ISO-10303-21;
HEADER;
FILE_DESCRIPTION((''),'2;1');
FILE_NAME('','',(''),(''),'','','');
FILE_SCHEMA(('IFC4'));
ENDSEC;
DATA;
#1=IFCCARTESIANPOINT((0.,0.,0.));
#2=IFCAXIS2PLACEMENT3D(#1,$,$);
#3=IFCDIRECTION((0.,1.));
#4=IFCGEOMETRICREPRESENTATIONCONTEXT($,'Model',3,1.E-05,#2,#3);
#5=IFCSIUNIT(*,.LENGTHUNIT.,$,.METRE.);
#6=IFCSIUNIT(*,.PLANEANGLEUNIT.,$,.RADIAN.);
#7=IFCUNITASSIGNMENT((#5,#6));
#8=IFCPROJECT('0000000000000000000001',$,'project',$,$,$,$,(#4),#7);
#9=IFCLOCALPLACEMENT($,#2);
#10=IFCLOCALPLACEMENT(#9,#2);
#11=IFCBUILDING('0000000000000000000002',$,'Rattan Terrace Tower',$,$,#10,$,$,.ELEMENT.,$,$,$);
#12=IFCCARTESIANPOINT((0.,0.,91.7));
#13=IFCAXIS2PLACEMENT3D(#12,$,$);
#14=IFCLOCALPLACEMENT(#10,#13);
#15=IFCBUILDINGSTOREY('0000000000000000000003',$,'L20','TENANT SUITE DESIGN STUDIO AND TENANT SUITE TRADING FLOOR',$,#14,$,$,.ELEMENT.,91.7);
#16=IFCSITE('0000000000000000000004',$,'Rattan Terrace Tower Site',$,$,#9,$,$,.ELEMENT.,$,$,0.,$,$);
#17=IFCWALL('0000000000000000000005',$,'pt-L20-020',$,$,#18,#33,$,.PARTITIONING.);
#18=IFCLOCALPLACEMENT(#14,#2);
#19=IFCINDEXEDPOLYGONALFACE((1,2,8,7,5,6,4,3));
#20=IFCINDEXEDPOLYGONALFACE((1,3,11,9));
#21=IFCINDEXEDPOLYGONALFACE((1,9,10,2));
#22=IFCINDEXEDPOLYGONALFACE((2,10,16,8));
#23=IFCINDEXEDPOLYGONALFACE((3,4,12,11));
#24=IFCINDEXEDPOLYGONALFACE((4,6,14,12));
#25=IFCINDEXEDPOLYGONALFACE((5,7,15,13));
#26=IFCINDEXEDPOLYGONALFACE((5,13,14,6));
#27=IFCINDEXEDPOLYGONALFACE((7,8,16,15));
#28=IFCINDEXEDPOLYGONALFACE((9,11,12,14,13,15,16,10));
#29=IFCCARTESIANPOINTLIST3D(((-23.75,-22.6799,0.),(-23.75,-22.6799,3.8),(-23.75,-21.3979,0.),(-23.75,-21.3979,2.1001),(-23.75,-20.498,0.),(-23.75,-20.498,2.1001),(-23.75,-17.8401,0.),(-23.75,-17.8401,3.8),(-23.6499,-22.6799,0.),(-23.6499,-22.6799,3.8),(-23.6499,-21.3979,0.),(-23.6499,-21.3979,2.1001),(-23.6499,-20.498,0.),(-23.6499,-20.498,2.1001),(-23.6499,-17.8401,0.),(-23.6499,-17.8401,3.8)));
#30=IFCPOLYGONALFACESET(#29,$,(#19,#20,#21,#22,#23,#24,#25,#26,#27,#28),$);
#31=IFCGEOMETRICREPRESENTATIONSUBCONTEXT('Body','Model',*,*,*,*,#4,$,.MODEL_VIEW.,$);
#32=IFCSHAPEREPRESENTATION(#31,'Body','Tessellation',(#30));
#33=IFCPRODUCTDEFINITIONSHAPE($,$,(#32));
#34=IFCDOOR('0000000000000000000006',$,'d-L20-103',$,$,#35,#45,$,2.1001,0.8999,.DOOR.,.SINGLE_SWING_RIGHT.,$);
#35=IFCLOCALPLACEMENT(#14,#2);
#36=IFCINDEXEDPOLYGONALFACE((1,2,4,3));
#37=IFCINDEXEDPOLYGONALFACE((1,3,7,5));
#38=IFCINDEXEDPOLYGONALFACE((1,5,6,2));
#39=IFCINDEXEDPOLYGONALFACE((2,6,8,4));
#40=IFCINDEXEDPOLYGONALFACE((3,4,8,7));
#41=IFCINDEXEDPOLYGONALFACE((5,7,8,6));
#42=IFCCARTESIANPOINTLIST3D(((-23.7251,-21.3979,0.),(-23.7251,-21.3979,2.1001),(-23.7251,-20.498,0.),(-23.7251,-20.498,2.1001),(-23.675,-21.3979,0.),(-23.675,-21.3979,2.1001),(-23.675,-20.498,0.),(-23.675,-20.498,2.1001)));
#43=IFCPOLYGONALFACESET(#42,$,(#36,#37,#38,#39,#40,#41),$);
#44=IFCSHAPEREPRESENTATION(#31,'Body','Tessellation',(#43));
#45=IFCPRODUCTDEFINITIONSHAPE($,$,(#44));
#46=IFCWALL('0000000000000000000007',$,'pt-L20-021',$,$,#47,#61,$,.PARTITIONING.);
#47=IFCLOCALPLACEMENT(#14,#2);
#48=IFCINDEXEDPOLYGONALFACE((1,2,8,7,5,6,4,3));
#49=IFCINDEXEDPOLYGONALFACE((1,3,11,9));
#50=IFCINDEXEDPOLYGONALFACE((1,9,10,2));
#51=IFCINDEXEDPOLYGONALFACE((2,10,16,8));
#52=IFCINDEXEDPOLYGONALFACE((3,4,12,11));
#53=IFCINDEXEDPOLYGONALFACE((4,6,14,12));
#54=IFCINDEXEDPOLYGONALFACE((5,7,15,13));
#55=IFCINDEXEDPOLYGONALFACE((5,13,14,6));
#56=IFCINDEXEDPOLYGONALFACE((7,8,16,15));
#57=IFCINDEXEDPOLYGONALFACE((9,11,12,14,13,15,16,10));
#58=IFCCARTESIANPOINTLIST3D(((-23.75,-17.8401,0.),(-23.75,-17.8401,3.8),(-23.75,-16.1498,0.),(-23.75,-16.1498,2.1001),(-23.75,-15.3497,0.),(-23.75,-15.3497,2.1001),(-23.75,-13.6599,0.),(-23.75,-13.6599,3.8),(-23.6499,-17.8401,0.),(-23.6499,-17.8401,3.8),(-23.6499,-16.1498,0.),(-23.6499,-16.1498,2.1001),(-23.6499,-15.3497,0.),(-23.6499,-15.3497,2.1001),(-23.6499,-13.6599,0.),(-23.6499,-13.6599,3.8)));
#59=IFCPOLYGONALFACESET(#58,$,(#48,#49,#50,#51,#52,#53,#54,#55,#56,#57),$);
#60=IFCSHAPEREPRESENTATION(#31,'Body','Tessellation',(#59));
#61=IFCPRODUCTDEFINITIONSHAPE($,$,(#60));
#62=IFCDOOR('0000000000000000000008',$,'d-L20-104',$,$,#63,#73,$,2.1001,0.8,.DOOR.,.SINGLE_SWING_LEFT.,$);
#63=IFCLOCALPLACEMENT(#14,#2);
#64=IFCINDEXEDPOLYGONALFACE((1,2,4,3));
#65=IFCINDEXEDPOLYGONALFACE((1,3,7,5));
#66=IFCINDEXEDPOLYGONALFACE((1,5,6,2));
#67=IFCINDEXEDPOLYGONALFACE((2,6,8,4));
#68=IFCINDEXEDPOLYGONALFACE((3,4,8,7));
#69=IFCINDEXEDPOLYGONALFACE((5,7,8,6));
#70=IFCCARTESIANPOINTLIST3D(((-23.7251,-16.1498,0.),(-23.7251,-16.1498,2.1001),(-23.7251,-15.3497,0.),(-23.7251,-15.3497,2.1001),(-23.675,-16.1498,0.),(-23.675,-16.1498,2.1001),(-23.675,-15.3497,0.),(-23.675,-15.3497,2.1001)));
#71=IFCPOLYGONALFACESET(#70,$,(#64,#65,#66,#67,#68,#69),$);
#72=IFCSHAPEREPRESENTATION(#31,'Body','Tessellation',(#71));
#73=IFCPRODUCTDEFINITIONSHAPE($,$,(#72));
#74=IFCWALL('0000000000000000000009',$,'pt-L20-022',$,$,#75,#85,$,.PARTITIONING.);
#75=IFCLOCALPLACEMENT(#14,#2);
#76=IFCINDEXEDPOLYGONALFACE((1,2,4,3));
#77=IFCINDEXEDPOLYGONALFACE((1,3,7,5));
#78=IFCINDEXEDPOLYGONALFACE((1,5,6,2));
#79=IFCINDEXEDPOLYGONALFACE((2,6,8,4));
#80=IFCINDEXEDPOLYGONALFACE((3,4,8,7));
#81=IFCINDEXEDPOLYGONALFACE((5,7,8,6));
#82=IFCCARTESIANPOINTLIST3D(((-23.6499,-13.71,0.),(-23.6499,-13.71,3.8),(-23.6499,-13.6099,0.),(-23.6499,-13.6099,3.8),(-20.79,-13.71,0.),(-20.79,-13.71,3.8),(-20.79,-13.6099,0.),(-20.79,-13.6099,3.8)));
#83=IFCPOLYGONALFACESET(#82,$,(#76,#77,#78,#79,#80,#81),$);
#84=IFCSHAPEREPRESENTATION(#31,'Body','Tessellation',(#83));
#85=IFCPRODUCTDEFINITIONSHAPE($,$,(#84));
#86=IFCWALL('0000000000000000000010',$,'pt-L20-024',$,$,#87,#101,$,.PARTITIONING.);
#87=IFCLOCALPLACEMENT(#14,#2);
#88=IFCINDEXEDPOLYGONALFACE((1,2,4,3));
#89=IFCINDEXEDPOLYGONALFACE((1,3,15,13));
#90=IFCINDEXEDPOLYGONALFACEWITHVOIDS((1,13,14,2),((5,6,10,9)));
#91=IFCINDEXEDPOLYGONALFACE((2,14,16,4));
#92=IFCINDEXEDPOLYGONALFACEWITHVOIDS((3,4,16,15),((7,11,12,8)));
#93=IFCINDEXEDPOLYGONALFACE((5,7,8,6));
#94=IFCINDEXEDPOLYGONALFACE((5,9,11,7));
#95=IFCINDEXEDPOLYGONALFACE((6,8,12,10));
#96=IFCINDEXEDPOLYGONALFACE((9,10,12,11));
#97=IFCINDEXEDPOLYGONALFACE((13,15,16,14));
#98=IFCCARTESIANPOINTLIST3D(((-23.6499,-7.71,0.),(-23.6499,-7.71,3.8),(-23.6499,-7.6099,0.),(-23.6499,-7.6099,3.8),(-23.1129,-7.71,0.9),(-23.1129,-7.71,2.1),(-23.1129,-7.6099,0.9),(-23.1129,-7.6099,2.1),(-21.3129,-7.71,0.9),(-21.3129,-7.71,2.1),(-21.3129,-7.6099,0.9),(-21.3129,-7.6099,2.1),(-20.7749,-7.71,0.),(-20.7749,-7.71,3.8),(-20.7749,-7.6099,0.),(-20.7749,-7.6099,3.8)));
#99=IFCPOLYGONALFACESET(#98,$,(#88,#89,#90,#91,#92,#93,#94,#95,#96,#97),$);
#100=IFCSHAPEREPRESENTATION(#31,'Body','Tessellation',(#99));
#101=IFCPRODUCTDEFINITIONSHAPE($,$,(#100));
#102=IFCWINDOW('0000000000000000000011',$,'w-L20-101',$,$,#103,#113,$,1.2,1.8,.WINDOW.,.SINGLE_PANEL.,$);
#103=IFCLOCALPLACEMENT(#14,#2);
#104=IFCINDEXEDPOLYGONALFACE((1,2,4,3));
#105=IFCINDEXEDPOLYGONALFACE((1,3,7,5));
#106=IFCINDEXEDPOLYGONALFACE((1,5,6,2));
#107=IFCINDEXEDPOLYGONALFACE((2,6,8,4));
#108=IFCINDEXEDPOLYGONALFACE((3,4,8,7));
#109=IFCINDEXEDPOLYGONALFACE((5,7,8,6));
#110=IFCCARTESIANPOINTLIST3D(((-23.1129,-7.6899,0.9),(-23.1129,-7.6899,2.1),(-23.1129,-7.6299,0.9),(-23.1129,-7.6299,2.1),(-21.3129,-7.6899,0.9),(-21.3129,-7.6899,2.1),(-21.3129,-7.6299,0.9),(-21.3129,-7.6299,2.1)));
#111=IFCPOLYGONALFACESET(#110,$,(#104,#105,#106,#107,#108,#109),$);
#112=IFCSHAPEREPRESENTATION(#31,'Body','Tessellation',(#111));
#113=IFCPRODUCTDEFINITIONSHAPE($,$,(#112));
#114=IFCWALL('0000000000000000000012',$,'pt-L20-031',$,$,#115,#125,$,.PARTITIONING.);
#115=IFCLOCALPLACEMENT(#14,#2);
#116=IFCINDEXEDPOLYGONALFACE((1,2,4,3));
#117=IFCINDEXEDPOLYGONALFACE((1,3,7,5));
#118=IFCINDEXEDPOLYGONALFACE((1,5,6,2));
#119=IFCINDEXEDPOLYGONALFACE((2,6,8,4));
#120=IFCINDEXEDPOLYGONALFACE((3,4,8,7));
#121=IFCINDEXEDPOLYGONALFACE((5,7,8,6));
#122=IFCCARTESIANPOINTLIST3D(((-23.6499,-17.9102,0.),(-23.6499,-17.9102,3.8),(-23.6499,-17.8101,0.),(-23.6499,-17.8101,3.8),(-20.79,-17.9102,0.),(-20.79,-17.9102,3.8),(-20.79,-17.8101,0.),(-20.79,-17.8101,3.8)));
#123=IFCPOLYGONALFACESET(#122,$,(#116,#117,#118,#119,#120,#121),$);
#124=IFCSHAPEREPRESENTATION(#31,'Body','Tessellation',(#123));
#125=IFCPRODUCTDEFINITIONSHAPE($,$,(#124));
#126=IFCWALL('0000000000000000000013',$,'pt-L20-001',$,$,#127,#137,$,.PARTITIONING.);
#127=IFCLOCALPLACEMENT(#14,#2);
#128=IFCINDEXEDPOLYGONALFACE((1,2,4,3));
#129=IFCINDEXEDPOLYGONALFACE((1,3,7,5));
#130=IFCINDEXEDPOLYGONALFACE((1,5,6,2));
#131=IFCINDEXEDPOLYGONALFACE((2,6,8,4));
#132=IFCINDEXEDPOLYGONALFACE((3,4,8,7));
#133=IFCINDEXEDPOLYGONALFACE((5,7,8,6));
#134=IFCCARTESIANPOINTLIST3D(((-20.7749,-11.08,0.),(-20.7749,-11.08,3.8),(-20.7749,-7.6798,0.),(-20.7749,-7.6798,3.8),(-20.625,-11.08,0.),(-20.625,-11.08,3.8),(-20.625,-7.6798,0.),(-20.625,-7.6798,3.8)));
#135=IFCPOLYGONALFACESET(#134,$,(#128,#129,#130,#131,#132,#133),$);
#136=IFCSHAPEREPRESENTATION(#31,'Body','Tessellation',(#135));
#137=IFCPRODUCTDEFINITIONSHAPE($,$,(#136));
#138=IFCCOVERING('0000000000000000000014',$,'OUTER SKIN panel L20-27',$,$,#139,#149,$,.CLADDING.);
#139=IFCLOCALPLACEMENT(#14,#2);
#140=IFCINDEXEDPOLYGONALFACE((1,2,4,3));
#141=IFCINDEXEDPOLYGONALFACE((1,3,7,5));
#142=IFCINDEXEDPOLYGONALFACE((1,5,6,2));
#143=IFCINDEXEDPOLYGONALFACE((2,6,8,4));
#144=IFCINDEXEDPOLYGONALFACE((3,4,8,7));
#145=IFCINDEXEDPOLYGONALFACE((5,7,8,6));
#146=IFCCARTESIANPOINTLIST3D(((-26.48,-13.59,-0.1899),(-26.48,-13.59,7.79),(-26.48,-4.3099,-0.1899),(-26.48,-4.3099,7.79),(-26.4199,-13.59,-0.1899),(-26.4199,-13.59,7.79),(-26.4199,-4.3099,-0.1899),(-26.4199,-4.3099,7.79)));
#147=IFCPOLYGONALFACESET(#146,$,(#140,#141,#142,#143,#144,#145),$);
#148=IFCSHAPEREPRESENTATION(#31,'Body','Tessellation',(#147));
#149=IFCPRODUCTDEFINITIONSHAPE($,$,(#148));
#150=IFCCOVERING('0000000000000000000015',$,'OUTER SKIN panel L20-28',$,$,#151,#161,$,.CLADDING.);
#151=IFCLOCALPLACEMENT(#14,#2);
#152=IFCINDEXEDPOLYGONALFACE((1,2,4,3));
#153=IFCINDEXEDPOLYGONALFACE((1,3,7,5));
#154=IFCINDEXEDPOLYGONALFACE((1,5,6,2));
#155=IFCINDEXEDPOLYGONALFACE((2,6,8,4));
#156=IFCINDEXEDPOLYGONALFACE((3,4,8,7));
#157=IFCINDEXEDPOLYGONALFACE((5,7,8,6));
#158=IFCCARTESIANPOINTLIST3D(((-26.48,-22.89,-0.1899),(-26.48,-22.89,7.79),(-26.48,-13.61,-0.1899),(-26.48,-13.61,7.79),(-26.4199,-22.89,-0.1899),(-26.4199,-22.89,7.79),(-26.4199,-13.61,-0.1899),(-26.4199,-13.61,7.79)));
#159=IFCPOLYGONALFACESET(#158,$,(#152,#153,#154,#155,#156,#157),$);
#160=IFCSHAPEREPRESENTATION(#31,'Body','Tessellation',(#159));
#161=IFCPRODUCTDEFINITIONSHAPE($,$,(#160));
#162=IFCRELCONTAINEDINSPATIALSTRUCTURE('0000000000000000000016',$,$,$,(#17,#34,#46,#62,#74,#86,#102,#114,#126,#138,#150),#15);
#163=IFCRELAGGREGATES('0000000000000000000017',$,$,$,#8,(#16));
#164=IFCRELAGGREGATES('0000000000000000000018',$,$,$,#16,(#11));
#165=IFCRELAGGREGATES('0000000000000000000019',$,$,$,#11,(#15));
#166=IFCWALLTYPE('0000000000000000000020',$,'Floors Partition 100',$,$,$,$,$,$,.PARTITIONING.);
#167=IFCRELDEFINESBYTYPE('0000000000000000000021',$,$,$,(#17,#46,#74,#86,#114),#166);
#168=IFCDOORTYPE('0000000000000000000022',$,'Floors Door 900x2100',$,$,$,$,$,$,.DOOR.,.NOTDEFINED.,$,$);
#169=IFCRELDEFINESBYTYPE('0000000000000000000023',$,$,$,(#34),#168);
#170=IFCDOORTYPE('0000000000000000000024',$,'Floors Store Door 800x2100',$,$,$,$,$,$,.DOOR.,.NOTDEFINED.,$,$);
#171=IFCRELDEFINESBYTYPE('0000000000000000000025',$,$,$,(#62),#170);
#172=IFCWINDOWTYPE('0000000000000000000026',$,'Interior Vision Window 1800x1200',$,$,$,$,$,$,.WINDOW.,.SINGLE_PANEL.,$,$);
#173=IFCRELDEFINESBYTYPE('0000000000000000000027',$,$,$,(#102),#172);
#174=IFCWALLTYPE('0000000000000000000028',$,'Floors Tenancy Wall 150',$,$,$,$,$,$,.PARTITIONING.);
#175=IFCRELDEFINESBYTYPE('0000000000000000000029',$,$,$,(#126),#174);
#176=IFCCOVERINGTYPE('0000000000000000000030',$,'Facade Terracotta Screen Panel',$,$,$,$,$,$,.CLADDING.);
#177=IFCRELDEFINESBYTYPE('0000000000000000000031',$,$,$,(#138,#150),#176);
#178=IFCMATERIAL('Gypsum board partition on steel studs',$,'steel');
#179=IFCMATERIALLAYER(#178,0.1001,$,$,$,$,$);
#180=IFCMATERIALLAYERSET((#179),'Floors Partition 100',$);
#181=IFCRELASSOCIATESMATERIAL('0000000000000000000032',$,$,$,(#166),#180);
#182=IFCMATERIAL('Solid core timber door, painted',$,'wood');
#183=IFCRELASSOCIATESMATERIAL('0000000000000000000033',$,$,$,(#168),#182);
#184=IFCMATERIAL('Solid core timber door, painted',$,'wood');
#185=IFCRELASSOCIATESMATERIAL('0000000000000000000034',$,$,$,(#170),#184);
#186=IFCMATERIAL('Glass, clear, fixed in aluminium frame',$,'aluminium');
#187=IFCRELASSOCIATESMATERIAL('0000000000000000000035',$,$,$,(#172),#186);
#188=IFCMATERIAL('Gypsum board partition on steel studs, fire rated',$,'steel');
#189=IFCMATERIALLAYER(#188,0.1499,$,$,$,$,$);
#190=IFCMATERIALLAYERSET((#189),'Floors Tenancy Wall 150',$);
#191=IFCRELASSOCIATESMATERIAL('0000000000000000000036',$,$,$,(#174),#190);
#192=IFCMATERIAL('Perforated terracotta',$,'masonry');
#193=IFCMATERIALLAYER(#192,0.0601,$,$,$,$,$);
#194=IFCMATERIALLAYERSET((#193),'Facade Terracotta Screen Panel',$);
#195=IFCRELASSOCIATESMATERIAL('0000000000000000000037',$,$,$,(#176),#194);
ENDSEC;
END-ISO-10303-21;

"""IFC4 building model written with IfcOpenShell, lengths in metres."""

from ifc_helpers import new_model, si_unit, direction, frame, frame_2d, origin, origin_2d, place, context, subcontext, project, spatial, rectangle, extrude, material, layer, layer_set, type_object, element, fill, save


model = new_model("IFC4")

# Units and contexts
model_context = context("Model", 3, precision=1e-05, world=origin(), true_north=direction((0.0, 1.0)))
body_context = subcontext(model_context, "Body", "Model", "MODEL_VIEW")
ifc_project = project(units=[si_unit("LENGTHUNIT", "METRE"), si_unit("PLANEANGLEUNIT", "RADIAN")], contexts=[model_context])

# Site, building, storey
site_placement = place(None, origin())
site = spatial("IfcSite", under=ifc_project, at=site_placement, Name="Rattan Terrace Tower Site", CompositionType="ELEMENT", RefElevation=0.0)
building_placement = place(site_placement, origin())
building = spatial("IfcBuilding", under=site, at=building_placement, Name="Rattan Terrace Tower", CompositionType="ELEMENT")
storey_placement = place(building_placement, frame((0.0, 0.0, 91.7)))
storey = spatial("IfcBuildingStorey", under=building, at=storey_placement, Name="L20", Description="TENANT SUITE DESIGN STUDIO AND TENANT SUITE TRADING FLOOR", CompositionType="ELEMENT", Elevation=91.7)

# Walls, openings, doors
ifc_material_1 = material(Name="Gypsum board partition on steel studs", Category="steel")
ifc_layer_1 = layer(ifc_material_1, 0.1001)
ifc_layer_set_1 = layer_set([ifc_layer_1], Name="Floors Partition 100")
wall_type_1 = type_object("IfcWallType", Name="Floors Partition 100", PredefinedType="PARTITIONING", material=ifc_layer_set_1)
wall_1_placement = place(storey_placement, frame((-23.7, -17.8401, 0.0), z_axis=(0.0, 0.0, 1.0), x_axis=(0.0, -1.0, 0.0)))
wall_1 = element("IfcWall", 1, at=wall_1_placement, inside=storey, type_object=wall_type_1, Name="pt-L20-020", PredefinedType="PARTITIONING", context=body_context, shape_type="SweptSolid", body=[
    extrude(rectangle(XDim=4.8398, YDim=0.1001, at=frame_2d((2.4199, 0.0))), origin(), (0.0, 0.0, 1.0), 3.8),
])
opening_1_placement = place(wall_1_placement, frame((2.658, 0.0, 0.0)))
opening_1 = element("IfcOpeningElement", 2, at=opening_1_placement, cuts=wall_1, PredefinedType="OPENING", context=body_context, shape_type="SweptSolid", body=[
    extrude(rectangle(XDim=0.8999, YDim=2.1001, at=frame_2d((0.45, 1.05))), frame((0.0, 0.0605, 0.0), z_axis=(0.0, -1.0, 0.0), x_axis=(1.0, 0.0, 0.0)), (0.0, 0.0, 1.0), 0.1211),
])
ifc_material_2 = material(Name="Solid core timber door, painted", Category="wood")
door_type_1 = type_object("IfcDoorType", Name="Floors Door 900x2100", OperationType="NOTDEFINED", PredefinedType="DOOR", material=ifc_material_2)
door_1_placement = place(opening_1_placement, origin())
door_1 = element("IfcDoor", 3, at=door_1_placement, inside=storey, type_object=door_type_1, Name="d-L20-103", OperationType="SINGLE_SWING_RIGHT", OverallHeight=2.1001, OverallWidth=0.8999, PredefinedType="DOOR", context=body_context, shape_type="SweptSolid", body=[
    extrude(rectangle(XDim=0.8999, YDim=2.1001, at=frame_2d((0.45, 1.05))), frame((0.0, 0.0249, 0.0), z_axis=(0.0, -1.0, 0.0), x_axis=(1.0, 0.0, 0.0)), (0.0, 0.0, 1.0), 0.05),
])
fill(opening_1, door_1)
wall_2_placement = place(storey_placement, frame((-23.7, -13.6599, 0.0), z_axis=(0.0, 0.0, 1.0), x_axis=(0.0, -1.0, 0.0)))
wall_2 = element("IfcWall", 4, at=wall_2_placement, inside=storey, type_object=wall_type_1, Name="pt-L20-021", PredefinedType="PARTITIONING", context=body_context, shape_type="SweptSolid", body=[
    extrude(rectangle(XDim=4.1802, YDim=0.1001, at=frame_2d((2.0901, 0.0))), origin(), (0.0, 0.0, 1.0), 3.8),
])
opening_2_placement = place(wall_2_placement, frame((1.6899, 0.0, 0.0)))
opening_2 = element("IfcOpeningElement", 5, at=opening_2_placement, cuts=wall_2, PredefinedType="OPENING", context=body_context, shape_type="SweptSolid", body=[
    extrude(rectangle(XDim=0.8, YDim=2.1001, at=frame_2d((0.3999, 1.05))), frame((0.0, 0.0605, 0.0), z_axis=(0.0, -1.0, 0.0), x_axis=(1.0, 0.0, 0.0)), (0.0, 0.0, 1.0), 0.1211),
])
ifc_material_3 = material(Name="Solid core timber door, painted", Category="wood")
door_type_2 = type_object("IfcDoorType", Name="Floors Store Door 800x2100", OperationType="NOTDEFINED", PredefinedType="DOOR", material=ifc_material_3)
door_2_placement = place(opening_2_placement, origin())
door_2 = element("IfcDoor", 6, at=door_2_placement, inside=storey, type_object=door_type_2, Name="d-L20-104", OperationType="SINGLE_SWING_LEFT", OverallHeight=2.1001, OverallWidth=0.8, PredefinedType="DOOR", context=body_context, shape_type="SweptSolid", body=[
    extrude(rectangle(XDim=0.8, YDim=2.1001, at=frame_2d((0.3999, 1.05))), frame((0.0, 0.0249, 0.0), z_axis=(0.0, -1.0, 0.0), x_axis=(1.0, 0.0, 0.0)), (0.0, 0.0, 1.0), 0.05),
])
fill(opening_2, door_2)

# Wall
wall_3_placement = place(storey_placement, frame((-20.79, -13.6599, 0.0), z_axis=(0.0, 0.0, 1.0), x_axis=(-1.0, 0.0, 0.0)))
element("IfcWall", 7, at=wall_3_placement, inside=storey, type_object=wall_type_1, Name="pt-L20-022", PredefinedType="PARTITIONING", context=body_context, shape_type="SweptSolid", body=[
    extrude(rectangle(XDim=2.8599, YDim=0.1001, at=frame_2d((1.4299, 0.0))), origin(), (0.0, 0.0, 1.0), 3.8),
])

# Wall, opening, window
wall_4_placement = place(storey_placement, frame((-23.6499, -7.6599, 0.0), z_axis=(0.0, 0.0, 1.0), x_axis=(1.0, 0.0, 0.0)))
wall_4 = element("IfcWall", 8, at=wall_4_placement, inside=storey, type_object=wall_type_1, Name="pt-L20-024", PredefinedType="PARTITIONING", context=body_context, shape_type="SweptSolid", body=[
    extrude(rectangle(XDim=2.875, YDim=0.1001, at=frame_2d((1.4375, 0.0))), origin(), (0.0, 0.0, 1.0), 3.8),
])
opening_3_placement = place(wall_4_placement, frame((0.5371, 0.0, 0.8999)))
opening_3 = element("IfcOpeningElement", 9, at=opening_3_placement, cuts=wall_4, PredefinedType="OPENING", context=body_context, shape_type="SweptSolid", body=[
    extrude(rectangle(XDim=1.8, YDim=1.2, at=frame_2d((0.8999, 0.6001))), frame((0.0, 0.0605, 0.0), z_axis=(0.0, -1.0, 0.0), x_axis=(1.0, 0.0, 0.0)), (0.0, 0.0, 1.0), 0.1211),
])
ifc_material_4 = material(Name="Glass, clear, fixed in aluminium frame", Category="aluminium")
window_type = type_object("IfcWindowType", Name="Interior Vision Window 1800x1200", PartitioningType="SINGLE_PANEL", PredefinedType="WINDOW", material=ifc_material_4)
window_placement = place(opening_3_placement, origin())
window = element("IfcWindow", 10, at=window_placement, inside=storey, type_object=window_type, Name="w-L20-101", OverallHeight=1.2, OverallWidth=1.8, PartitioningType="SINGLE_PANEL", PredefinedType="WINDOW", context=body_context, shape_type="SweptSolid", body=[
    extrude(rectangle(XDim=1.8, YDim=1.2, at=frame_2d((0.8999, 0.6001))), frame((0.0, 0.03, 0.0), z_axis=(0.0, -1.0, 0.0), x_axis=(1.0, 0.0, 0.0)), (0.0, 0.0, 1.0), 0.0601),
])
fill(opening_3, window)

# Walls
wall_5_placement = place(storey_placement, frame((-23.6499, -17.8601, 0.0), z_axis=(0.0, 0.0, 1.0), x_axis=(1.0, 0.0, 0.0)))
element("IfcWall", 11, at=wall_5_placement, inside=storey, type_object=wall_type_1, Name="pt-L20-031", PredefinedType="PARTITIONING", context=body_context, shape_type="SweptSolid", body=[
    extrude(rectangle(XDim=2.8599, YDim=0.1001, at=frame_2d((1.4299, 0.0))), origin(), (0.0, 0.0, 1.0), 3.8),
])
ifc_material_5 = material(Name="Gypsum board partition on steel studs, fire rated", Category="steel")
ifc_layer_2 = layer(ifc_material_5, 0.1499)
ifc_layer_set_2 = layer_set([ifc_layer_2], Name="Floors Tenancy Wall 150")
wall_type_2 = type_object("IfcWallType", Name="Floors Tenancy Wall 150", PredefinedType="PARTITIONING", material=ifc_layer_set_2)
wall_6_placement = place(storey_placement, frame((-20.7, -11.0801, 0.0), z_axis=(0.0, 0.0, 1.0), x_axis=(0.0, 1.0, 0.0)))
element("IfcWall", 12, at=wall_6_placement, inside=storey, type_object=wall_type_2, Name="pt-L20-001", PredefinedType="PARTITIONING", context=body_context, shape_type="SweptSolid", body=[
    extrude(rectangle(XDim=3.4001, YDim=0.1499, at=frame_2d((1.7002, 0.0))), origin(), (0.0, 0.0, 1.0), 3.8),
])

# Coverings
ifc_material_6 = material(Name="Perforated terracotta", Category="masonry")
ifc_layer_3 = layer(ifc_material_6, 0.0601)
ifc_layer_set_3 = layer_set([ifc_layer_3], Name="Facade Terracotta Screen Panel")
covering_type = type_object("IfcCoveringType", Name="Facade Terracotta Screen Panel", PredefinedType="CLADDING", material=ifc_layer_set_3)
for number, where, z_axis, x_axis, name in (
    (13, (-26.45, -8.95, -0.1899), (0.0, 0.0, 1.0), (0.0, -1.0, 0.0), "OUTER SKIN panel L20-27"),
    (14, (-26.45, -18.25, -0.1899), (0.0, 0.0, 1.0), (0.0, -1.0, 0.0), "OUTER SKIN panel L20-28"),
):
    element("IfcCovering", number, at=place(storey_placement, frame(where, z_axis=z_axis, x_axis=x_axis)), inside=storey, type_object=covering_type, Name=name, PredefinedType="CLADDING", context=body_context, shape_type="SweptSolid", body=[
        extrude(rectangle(XDim=9.28, YDim=0.0601, at=origin_2d()), origin(), (0.0, 0.0, 1.0), 7.98),
    ])

save(model, "model.ifc")
